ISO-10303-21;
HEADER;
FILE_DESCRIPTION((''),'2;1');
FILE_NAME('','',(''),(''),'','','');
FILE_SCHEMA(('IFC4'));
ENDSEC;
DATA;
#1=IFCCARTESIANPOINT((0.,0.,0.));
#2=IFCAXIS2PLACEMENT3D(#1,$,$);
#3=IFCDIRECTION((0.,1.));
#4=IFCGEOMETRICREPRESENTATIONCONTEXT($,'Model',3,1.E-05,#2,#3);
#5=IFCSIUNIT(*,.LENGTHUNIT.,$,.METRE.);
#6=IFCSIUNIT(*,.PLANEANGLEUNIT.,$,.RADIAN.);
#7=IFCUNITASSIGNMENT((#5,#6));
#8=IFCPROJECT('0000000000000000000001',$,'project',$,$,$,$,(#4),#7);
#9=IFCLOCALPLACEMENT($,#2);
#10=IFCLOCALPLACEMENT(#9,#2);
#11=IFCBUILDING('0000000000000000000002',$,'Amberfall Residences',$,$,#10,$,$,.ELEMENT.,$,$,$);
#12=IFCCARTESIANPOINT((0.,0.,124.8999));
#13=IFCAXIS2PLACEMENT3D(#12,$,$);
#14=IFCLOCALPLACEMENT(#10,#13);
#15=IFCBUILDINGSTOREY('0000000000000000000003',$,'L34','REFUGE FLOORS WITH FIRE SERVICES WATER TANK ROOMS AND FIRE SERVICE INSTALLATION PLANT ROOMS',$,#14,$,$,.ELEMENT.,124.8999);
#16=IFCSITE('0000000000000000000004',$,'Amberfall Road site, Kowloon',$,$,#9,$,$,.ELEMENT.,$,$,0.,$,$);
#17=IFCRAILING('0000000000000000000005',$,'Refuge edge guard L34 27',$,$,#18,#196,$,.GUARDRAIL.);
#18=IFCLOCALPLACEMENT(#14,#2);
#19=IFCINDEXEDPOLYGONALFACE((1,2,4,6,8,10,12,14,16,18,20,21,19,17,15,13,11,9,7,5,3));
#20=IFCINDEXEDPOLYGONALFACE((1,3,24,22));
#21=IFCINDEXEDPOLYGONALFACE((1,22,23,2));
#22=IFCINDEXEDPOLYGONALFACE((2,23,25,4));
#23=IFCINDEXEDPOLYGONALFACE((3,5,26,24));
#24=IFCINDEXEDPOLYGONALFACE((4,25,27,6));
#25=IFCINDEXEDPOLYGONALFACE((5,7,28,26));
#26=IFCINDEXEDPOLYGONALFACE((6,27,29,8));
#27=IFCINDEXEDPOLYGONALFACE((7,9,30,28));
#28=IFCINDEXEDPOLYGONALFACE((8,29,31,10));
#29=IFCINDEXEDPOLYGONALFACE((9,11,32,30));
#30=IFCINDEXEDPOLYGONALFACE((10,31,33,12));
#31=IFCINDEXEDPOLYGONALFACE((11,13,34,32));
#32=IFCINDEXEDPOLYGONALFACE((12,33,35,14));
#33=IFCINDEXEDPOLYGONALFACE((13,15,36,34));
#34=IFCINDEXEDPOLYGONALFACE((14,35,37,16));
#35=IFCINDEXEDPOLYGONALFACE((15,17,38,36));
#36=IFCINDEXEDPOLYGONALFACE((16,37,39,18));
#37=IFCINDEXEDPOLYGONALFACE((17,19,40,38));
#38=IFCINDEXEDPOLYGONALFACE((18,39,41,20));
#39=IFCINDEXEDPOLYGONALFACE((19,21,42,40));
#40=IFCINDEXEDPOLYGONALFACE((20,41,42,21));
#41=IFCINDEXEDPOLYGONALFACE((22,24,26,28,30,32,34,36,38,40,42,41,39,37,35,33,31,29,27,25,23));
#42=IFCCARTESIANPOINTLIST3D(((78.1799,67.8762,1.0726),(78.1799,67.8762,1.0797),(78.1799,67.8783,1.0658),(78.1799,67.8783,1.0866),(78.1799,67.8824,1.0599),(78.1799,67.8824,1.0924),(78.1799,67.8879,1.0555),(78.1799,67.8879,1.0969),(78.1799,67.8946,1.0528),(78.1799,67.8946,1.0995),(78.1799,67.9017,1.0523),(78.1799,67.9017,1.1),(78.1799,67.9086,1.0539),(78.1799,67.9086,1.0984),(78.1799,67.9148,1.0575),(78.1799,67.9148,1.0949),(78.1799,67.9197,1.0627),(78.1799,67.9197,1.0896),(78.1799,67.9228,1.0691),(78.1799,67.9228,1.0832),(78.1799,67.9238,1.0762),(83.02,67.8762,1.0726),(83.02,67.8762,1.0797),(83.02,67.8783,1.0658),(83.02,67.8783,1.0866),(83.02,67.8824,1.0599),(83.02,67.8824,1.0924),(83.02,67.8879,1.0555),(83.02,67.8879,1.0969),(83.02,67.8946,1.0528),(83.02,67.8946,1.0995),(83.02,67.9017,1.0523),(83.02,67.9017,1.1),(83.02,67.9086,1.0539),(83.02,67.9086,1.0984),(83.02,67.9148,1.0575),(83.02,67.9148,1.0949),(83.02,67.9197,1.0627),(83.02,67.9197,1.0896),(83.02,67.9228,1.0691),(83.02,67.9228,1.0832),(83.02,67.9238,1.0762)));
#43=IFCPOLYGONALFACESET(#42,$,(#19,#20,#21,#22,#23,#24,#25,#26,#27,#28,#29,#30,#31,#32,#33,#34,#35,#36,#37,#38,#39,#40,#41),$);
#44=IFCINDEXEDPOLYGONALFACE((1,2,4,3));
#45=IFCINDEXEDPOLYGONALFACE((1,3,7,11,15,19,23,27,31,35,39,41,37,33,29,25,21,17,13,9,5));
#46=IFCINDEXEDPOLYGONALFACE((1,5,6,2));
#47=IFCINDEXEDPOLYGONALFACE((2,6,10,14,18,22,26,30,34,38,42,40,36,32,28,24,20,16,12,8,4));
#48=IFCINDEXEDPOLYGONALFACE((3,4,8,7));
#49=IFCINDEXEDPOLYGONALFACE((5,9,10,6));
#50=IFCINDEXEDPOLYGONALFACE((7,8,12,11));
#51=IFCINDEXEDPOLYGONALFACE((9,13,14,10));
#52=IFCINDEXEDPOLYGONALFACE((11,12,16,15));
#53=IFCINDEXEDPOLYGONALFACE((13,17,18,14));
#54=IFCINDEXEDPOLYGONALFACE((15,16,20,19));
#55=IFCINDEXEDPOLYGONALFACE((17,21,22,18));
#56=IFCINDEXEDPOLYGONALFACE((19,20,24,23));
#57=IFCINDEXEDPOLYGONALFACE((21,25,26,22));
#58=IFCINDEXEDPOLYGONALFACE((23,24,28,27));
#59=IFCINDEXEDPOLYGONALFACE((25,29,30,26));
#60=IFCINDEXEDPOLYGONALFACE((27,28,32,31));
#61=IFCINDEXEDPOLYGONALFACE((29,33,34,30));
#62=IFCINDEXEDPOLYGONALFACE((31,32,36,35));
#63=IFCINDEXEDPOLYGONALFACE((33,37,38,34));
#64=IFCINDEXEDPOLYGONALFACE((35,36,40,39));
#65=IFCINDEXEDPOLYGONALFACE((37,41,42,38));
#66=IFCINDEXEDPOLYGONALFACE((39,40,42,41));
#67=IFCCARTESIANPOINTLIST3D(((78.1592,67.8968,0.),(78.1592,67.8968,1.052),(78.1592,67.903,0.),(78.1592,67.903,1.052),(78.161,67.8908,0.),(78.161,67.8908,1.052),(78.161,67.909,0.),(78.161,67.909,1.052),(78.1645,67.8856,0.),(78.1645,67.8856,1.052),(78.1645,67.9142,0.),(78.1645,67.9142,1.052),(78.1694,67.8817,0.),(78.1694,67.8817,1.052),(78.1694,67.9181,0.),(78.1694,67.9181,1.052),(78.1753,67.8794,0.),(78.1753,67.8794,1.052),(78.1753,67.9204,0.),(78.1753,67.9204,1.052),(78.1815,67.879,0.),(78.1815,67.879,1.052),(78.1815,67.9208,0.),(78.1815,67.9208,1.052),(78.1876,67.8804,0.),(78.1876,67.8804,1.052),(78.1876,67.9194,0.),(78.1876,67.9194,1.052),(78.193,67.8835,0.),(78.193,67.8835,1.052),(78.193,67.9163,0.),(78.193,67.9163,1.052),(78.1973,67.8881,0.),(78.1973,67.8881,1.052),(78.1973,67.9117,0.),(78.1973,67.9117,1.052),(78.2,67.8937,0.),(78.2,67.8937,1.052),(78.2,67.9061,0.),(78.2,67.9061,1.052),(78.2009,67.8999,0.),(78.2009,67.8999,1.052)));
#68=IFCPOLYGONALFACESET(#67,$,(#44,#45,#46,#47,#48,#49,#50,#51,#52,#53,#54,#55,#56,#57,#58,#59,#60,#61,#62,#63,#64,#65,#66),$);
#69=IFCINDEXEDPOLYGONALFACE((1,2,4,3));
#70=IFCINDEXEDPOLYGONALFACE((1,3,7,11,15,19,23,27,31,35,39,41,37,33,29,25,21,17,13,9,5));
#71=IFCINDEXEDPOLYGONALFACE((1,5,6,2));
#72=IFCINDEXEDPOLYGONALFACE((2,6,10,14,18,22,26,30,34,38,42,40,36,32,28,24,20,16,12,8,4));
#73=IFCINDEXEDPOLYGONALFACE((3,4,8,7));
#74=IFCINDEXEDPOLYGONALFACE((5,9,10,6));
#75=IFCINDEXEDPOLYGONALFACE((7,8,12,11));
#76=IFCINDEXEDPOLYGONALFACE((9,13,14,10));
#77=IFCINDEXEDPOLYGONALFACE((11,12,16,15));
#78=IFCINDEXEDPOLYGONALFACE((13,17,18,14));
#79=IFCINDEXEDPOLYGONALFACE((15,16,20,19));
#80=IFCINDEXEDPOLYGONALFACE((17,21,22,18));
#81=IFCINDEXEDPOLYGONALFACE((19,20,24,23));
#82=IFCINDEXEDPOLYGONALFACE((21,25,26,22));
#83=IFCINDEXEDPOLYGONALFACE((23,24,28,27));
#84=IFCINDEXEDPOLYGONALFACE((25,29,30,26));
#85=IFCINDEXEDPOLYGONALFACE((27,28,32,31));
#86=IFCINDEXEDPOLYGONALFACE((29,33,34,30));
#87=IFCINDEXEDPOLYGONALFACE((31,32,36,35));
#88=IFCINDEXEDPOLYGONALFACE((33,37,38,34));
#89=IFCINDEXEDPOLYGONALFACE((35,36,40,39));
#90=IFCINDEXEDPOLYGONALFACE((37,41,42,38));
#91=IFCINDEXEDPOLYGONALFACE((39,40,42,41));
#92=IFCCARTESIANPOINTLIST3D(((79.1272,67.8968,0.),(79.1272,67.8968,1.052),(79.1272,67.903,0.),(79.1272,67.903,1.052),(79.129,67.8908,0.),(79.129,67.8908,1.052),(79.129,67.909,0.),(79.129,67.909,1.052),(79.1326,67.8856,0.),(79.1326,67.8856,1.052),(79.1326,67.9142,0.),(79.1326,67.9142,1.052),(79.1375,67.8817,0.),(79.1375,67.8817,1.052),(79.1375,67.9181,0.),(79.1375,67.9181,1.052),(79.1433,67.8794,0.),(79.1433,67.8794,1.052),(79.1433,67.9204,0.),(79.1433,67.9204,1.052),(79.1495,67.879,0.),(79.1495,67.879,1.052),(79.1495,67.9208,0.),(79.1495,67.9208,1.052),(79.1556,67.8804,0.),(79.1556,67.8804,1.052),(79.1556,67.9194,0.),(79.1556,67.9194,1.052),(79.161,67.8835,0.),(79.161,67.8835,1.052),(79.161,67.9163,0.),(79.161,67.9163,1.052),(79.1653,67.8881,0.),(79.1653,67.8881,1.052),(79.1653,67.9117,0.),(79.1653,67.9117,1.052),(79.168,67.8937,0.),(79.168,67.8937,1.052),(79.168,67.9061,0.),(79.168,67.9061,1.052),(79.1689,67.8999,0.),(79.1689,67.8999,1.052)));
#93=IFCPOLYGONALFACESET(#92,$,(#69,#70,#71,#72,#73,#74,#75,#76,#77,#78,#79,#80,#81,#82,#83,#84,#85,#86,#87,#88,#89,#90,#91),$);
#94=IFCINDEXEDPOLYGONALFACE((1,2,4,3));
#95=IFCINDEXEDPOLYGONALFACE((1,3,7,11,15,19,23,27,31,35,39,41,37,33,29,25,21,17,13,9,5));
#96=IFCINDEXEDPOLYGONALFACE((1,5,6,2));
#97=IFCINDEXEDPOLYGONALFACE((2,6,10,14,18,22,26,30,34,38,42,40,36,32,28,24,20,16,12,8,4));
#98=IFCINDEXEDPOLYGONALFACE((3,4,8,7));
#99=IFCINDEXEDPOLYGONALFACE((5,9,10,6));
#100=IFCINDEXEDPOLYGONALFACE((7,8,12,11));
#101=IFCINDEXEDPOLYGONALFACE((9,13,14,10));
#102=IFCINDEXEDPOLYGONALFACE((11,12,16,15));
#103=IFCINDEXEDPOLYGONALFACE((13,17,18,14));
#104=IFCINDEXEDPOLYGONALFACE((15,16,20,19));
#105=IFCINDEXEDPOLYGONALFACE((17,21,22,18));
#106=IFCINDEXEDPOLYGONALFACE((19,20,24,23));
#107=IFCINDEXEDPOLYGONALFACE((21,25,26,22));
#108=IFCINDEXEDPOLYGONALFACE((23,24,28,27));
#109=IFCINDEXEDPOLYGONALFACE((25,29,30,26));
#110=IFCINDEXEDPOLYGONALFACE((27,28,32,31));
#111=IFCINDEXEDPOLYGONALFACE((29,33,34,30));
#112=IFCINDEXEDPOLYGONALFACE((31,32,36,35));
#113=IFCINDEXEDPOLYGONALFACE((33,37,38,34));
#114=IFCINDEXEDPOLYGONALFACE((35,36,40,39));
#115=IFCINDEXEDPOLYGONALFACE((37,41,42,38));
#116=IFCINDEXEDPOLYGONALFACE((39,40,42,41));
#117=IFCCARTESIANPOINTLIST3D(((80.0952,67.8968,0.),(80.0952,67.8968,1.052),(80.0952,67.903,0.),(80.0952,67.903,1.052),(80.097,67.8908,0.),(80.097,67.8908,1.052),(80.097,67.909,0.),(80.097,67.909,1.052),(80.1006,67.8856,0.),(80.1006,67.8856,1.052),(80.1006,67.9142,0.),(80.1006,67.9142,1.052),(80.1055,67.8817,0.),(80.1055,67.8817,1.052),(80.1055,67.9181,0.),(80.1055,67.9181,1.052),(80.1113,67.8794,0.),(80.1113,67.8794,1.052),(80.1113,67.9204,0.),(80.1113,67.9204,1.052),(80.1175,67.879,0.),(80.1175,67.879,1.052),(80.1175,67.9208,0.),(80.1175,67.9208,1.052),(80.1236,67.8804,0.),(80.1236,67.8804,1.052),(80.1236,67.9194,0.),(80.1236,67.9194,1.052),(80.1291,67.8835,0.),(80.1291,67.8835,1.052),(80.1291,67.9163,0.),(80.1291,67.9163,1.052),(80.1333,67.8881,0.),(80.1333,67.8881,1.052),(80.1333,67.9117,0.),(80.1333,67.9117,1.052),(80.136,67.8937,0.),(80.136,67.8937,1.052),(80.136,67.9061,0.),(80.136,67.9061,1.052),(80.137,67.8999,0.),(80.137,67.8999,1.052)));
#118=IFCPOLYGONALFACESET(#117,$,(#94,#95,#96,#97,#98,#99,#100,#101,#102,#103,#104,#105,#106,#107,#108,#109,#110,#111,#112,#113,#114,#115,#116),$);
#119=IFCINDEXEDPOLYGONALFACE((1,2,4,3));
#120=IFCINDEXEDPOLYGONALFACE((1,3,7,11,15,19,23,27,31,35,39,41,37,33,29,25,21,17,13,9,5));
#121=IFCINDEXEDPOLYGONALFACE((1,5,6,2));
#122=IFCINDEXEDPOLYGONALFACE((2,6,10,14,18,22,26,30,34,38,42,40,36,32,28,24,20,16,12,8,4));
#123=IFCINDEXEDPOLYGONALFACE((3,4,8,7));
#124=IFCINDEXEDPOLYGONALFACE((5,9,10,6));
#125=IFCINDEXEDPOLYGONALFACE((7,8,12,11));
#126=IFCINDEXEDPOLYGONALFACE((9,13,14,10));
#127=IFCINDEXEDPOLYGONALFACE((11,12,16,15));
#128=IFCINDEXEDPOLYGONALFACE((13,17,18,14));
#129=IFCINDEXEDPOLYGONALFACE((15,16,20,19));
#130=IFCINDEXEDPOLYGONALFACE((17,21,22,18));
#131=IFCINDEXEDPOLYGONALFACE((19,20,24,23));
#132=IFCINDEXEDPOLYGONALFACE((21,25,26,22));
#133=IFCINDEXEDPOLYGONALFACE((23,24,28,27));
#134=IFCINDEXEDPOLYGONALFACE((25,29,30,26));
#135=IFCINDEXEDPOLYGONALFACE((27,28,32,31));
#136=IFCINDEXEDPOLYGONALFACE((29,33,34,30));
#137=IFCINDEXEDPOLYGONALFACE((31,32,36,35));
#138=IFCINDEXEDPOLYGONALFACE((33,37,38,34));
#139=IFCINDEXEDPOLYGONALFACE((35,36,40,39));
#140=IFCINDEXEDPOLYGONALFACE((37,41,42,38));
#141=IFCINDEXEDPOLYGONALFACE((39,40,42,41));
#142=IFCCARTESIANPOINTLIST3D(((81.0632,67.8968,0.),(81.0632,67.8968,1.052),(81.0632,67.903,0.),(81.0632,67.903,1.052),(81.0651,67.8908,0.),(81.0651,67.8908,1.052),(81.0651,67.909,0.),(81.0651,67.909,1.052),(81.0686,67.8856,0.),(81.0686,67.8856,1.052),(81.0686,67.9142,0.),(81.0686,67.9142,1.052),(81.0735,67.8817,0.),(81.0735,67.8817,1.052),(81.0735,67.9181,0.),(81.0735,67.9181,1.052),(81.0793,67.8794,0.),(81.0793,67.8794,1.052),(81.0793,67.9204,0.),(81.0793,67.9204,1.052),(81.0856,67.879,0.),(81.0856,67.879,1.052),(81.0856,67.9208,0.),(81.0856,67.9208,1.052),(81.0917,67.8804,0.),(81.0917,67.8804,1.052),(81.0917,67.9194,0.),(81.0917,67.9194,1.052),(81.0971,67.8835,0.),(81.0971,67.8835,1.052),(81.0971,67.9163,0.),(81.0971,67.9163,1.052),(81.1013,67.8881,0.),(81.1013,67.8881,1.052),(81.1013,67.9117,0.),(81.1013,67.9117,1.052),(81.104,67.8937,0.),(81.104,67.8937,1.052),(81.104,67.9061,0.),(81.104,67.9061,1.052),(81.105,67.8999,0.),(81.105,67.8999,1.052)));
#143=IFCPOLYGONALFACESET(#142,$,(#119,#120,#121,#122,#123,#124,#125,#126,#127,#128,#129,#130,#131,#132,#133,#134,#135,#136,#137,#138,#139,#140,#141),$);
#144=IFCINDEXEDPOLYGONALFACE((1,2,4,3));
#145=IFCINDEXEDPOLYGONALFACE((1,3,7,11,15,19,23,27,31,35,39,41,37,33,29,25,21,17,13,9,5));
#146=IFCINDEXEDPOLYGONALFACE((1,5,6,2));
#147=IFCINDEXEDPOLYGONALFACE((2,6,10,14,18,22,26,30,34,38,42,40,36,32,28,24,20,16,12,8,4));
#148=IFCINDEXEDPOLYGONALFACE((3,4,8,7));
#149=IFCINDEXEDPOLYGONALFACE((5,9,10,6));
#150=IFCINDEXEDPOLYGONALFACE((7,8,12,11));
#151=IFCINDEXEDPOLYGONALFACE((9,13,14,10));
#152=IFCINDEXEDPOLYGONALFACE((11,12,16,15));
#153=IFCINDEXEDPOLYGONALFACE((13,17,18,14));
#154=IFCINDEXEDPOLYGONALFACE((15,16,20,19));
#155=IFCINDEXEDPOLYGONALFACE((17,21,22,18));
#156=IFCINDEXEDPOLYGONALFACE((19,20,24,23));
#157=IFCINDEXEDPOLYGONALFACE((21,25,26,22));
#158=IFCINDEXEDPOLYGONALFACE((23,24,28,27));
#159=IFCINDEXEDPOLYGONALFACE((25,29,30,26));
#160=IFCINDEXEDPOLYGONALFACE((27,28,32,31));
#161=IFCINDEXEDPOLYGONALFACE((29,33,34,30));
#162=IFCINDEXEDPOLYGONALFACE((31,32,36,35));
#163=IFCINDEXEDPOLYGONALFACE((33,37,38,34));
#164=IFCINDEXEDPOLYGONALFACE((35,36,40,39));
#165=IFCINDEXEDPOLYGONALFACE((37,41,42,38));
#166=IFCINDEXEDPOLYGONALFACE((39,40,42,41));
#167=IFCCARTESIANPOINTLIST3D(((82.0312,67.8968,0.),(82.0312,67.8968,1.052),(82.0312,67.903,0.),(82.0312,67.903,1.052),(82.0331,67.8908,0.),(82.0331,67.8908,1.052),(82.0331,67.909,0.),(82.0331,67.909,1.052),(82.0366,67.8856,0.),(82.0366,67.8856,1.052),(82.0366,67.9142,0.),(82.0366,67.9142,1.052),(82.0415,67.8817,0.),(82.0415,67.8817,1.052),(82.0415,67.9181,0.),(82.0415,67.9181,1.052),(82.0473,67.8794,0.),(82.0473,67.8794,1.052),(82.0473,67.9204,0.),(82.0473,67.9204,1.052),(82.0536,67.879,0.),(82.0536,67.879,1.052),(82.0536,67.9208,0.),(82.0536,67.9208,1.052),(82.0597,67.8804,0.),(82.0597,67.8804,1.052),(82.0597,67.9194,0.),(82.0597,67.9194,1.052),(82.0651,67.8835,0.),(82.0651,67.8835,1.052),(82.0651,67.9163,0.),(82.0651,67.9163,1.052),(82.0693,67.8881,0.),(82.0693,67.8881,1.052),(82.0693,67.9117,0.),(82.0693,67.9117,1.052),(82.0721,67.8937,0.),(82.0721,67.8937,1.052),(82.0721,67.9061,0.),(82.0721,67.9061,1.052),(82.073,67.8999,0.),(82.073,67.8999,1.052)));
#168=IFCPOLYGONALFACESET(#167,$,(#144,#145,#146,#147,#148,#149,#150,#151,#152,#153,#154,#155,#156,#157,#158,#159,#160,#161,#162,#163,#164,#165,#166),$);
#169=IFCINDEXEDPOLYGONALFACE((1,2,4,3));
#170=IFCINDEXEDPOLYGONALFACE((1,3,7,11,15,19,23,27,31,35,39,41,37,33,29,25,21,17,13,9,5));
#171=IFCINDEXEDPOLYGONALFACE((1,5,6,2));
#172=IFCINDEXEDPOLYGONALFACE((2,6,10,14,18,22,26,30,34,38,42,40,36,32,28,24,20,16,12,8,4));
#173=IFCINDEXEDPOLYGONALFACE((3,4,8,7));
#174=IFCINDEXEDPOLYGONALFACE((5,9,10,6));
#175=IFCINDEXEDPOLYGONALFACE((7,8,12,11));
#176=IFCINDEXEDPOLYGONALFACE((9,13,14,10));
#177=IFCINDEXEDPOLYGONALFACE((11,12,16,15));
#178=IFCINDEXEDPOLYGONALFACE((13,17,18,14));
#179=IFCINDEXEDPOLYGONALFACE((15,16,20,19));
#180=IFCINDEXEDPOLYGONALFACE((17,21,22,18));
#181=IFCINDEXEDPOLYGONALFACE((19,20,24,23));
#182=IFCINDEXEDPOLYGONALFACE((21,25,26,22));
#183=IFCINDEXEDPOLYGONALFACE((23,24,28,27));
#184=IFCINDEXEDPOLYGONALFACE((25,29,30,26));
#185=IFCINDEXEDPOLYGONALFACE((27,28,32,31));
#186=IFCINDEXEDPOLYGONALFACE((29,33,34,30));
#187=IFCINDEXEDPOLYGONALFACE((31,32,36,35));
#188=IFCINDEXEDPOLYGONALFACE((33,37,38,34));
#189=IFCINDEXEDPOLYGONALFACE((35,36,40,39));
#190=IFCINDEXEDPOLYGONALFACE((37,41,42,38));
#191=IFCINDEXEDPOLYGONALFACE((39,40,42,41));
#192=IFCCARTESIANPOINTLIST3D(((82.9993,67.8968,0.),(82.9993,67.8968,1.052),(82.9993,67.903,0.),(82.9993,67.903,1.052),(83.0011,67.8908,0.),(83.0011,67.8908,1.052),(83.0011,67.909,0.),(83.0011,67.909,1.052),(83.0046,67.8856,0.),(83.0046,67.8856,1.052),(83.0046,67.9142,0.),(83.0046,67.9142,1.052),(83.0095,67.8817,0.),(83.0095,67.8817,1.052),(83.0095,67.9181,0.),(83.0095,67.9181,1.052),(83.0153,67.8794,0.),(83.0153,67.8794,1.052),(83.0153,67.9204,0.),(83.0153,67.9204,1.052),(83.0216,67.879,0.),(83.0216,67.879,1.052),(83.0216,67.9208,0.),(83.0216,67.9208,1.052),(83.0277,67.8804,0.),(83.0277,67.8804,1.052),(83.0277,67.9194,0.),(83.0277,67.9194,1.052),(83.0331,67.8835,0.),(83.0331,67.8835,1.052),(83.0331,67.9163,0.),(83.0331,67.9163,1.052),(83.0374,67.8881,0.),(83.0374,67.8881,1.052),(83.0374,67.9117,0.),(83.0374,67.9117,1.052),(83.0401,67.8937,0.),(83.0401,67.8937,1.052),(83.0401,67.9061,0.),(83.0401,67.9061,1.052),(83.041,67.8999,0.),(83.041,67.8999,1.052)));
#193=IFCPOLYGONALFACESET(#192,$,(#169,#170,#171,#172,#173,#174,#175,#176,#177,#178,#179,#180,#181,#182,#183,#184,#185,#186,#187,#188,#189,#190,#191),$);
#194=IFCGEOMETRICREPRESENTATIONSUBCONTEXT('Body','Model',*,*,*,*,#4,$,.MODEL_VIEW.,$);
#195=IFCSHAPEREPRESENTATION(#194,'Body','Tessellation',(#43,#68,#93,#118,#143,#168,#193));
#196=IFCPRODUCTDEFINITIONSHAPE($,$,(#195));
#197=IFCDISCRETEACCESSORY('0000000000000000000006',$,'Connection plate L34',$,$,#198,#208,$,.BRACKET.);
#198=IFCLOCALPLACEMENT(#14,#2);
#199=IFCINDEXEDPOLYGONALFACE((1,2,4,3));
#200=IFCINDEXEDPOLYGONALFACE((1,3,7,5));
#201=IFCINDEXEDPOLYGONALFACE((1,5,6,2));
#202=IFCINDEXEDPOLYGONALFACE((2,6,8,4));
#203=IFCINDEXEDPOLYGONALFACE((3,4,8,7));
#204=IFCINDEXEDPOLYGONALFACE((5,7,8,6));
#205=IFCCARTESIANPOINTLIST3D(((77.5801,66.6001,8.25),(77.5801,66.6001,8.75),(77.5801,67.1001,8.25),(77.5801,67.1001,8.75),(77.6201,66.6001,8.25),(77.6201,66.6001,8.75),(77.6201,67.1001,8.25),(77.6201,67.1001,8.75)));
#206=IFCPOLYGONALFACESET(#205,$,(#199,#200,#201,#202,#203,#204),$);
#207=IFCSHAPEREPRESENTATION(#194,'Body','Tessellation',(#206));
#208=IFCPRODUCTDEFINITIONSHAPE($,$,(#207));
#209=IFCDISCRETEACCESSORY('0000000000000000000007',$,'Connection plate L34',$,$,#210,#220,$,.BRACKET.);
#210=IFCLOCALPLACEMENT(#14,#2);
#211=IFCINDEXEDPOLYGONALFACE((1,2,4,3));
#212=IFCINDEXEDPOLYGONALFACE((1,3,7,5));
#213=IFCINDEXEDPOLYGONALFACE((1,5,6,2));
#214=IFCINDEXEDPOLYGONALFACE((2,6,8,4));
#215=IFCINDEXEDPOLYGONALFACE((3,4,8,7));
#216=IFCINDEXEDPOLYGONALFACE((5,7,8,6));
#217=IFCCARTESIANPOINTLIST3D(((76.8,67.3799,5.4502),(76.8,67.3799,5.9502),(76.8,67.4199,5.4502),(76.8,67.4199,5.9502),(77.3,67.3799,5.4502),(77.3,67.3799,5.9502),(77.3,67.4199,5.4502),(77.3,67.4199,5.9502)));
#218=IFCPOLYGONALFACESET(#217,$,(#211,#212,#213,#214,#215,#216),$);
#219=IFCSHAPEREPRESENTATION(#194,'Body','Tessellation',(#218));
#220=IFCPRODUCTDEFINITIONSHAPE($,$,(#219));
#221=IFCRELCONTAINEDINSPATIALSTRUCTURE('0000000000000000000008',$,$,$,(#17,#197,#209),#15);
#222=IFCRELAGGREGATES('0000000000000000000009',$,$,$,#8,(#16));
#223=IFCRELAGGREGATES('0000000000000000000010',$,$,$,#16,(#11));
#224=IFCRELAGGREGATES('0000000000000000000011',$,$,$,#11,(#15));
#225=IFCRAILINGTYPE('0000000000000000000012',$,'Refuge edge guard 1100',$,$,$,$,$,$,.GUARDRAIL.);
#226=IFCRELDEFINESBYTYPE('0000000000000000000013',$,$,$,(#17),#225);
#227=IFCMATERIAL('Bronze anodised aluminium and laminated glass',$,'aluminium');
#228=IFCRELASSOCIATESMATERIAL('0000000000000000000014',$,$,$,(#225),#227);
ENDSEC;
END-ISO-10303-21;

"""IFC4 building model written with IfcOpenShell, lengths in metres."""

from ifc_helpers import new_model, si_unit, direction, frame, origin, origin_2d, place, context, subcontext, project, spatial, rectangle, circle, extrude, material, type_object, element, save


model = new_model("IFC4")

# Units and contexts
model_context = context("Model", 3, precision=1e-05, world=origin(), true_north=direction((0.0, 1.0)))
body_context = subcontext(model_context, "Body", "Model", "MODEL_VIEW")
ifc_project = project(units=[si_unit("LENGTHUNIT", "METRE"), si_unit("PLANEANGLEUNIT", "RADIAN")], contexts=[model_context])

# Site, building, storey
site_placement = place(None, origin())
site = spatial("IfcSite", under=ifc_project, at=site_placement, Name="Amberfall Road site, Kowloon", CompositionType="ELEMENT", RefElevation=0.0)
building_placement = place(site_placement, origin())
building = spatial("IfcBuilding", under=site, at=building_placement, Name="Amberfall Residences", CompositionType="ELEMENT")
storey_placement = place(building_placement, frame((0.0, 0.0, 124.8999)))
storey = spatial("IfcBuildingStorey", under=building, at=storey_placement, Name="L34", Description="REFUGE FLOORS WITH FIRE SERVICES WATER TANK ROOMS AND FIRE SERVICE INSTALLATION PLANT ROOMS", CompositionType="ELEMENT", Elevation=124.8999)

# Railing
ifc_material_1 = material(Name="Bronze anodised aluminium and laminated glass", Category="aluminium")
railing_type = type_object("IfcRailingType", Name="Refuge edge guard 1100", PredefinedType="GUARDRAIL", material=ifc_material_1)
railing_placement = place(storey_placement, frame((78.1799, 67.8999, 0.0)))
element("IfcRailing", 1, at=railing_placement, inside=storey, type_object=railing_type, Name="Refuge edge guard L34 27", PredefinedType="GUARDRAIL", context=body_context, shape_type="SweptSolid", body=[
    extrude(circle(Radius=0.0239, at=origin_2d()), frame((0.0, 0.0, 1.0762), z_axis=(1.0, 0.0, 0.0), x_axis=(0.0, 1.0, 0.0)), (0.0, 0.0, 1.0), 4.8401),
    extrude(circle(Radius=0.021, at=origin_2d()), origin(), (0.0, 0.0, 1.0), 1.052),
    extrude(circle(Radius=0.021, at=origin_2d()), frame((0.968, 0.0, 0.0)), (0.0, 0.0, 1.0), 1.052),
    extrude(circle(Radius=0.021, at=origin_2d()), frame((1.936, 0.0, 0.0)), (0.0, 0.0, 1.0), 1.052),
    extrude(circle(Radius=0.021, at=origin_2d()), frame((2.9041, 0.0, 0.0)), (0.0, 0.0, 1.0), 1.052),
    extrude(circle(Radius=0.021, at=origin_2d()), frame((3.8721, 0.0, 0.0)), (0.0, 0.0, 1.0), 1.052),
    extrude(circle(Radius=0.021, at=origin_2d()), frame((4.8401, 0.0, 0.0)), (0.0, 0.0, 1.0), 1.052),
])

# Discrete accessories
for number, where, z_axis, x_axis, name in (
    (2, (77.6001, 66.8501, 8.25), (0.0, 0.0, 1.0), (0.0, 1.0, 0.0), "Connection plate L34"),
    (3, (77.05, 67.3999, 5.4502), (0.0, 0.0, 1.0), (1.0, 0.0, 0.0), "Connection plate L34"),
):
    element("IfcDiscreteAccessory", number, at=place(storey_placement, frame(where, z_axis=z_axis, x_axis=x_axis)), inside=storey, Name=name, PredefinedType="BRACKET", context=body_context, shape_type="SweptSolid", body=[
        extrude(rectangle(XDim=0.5, YDim=0.04, at=origin_2d()), origin(), (0.0, 0.0, 1.0), 0.5),
    ])

save(model, "model.ifc")
